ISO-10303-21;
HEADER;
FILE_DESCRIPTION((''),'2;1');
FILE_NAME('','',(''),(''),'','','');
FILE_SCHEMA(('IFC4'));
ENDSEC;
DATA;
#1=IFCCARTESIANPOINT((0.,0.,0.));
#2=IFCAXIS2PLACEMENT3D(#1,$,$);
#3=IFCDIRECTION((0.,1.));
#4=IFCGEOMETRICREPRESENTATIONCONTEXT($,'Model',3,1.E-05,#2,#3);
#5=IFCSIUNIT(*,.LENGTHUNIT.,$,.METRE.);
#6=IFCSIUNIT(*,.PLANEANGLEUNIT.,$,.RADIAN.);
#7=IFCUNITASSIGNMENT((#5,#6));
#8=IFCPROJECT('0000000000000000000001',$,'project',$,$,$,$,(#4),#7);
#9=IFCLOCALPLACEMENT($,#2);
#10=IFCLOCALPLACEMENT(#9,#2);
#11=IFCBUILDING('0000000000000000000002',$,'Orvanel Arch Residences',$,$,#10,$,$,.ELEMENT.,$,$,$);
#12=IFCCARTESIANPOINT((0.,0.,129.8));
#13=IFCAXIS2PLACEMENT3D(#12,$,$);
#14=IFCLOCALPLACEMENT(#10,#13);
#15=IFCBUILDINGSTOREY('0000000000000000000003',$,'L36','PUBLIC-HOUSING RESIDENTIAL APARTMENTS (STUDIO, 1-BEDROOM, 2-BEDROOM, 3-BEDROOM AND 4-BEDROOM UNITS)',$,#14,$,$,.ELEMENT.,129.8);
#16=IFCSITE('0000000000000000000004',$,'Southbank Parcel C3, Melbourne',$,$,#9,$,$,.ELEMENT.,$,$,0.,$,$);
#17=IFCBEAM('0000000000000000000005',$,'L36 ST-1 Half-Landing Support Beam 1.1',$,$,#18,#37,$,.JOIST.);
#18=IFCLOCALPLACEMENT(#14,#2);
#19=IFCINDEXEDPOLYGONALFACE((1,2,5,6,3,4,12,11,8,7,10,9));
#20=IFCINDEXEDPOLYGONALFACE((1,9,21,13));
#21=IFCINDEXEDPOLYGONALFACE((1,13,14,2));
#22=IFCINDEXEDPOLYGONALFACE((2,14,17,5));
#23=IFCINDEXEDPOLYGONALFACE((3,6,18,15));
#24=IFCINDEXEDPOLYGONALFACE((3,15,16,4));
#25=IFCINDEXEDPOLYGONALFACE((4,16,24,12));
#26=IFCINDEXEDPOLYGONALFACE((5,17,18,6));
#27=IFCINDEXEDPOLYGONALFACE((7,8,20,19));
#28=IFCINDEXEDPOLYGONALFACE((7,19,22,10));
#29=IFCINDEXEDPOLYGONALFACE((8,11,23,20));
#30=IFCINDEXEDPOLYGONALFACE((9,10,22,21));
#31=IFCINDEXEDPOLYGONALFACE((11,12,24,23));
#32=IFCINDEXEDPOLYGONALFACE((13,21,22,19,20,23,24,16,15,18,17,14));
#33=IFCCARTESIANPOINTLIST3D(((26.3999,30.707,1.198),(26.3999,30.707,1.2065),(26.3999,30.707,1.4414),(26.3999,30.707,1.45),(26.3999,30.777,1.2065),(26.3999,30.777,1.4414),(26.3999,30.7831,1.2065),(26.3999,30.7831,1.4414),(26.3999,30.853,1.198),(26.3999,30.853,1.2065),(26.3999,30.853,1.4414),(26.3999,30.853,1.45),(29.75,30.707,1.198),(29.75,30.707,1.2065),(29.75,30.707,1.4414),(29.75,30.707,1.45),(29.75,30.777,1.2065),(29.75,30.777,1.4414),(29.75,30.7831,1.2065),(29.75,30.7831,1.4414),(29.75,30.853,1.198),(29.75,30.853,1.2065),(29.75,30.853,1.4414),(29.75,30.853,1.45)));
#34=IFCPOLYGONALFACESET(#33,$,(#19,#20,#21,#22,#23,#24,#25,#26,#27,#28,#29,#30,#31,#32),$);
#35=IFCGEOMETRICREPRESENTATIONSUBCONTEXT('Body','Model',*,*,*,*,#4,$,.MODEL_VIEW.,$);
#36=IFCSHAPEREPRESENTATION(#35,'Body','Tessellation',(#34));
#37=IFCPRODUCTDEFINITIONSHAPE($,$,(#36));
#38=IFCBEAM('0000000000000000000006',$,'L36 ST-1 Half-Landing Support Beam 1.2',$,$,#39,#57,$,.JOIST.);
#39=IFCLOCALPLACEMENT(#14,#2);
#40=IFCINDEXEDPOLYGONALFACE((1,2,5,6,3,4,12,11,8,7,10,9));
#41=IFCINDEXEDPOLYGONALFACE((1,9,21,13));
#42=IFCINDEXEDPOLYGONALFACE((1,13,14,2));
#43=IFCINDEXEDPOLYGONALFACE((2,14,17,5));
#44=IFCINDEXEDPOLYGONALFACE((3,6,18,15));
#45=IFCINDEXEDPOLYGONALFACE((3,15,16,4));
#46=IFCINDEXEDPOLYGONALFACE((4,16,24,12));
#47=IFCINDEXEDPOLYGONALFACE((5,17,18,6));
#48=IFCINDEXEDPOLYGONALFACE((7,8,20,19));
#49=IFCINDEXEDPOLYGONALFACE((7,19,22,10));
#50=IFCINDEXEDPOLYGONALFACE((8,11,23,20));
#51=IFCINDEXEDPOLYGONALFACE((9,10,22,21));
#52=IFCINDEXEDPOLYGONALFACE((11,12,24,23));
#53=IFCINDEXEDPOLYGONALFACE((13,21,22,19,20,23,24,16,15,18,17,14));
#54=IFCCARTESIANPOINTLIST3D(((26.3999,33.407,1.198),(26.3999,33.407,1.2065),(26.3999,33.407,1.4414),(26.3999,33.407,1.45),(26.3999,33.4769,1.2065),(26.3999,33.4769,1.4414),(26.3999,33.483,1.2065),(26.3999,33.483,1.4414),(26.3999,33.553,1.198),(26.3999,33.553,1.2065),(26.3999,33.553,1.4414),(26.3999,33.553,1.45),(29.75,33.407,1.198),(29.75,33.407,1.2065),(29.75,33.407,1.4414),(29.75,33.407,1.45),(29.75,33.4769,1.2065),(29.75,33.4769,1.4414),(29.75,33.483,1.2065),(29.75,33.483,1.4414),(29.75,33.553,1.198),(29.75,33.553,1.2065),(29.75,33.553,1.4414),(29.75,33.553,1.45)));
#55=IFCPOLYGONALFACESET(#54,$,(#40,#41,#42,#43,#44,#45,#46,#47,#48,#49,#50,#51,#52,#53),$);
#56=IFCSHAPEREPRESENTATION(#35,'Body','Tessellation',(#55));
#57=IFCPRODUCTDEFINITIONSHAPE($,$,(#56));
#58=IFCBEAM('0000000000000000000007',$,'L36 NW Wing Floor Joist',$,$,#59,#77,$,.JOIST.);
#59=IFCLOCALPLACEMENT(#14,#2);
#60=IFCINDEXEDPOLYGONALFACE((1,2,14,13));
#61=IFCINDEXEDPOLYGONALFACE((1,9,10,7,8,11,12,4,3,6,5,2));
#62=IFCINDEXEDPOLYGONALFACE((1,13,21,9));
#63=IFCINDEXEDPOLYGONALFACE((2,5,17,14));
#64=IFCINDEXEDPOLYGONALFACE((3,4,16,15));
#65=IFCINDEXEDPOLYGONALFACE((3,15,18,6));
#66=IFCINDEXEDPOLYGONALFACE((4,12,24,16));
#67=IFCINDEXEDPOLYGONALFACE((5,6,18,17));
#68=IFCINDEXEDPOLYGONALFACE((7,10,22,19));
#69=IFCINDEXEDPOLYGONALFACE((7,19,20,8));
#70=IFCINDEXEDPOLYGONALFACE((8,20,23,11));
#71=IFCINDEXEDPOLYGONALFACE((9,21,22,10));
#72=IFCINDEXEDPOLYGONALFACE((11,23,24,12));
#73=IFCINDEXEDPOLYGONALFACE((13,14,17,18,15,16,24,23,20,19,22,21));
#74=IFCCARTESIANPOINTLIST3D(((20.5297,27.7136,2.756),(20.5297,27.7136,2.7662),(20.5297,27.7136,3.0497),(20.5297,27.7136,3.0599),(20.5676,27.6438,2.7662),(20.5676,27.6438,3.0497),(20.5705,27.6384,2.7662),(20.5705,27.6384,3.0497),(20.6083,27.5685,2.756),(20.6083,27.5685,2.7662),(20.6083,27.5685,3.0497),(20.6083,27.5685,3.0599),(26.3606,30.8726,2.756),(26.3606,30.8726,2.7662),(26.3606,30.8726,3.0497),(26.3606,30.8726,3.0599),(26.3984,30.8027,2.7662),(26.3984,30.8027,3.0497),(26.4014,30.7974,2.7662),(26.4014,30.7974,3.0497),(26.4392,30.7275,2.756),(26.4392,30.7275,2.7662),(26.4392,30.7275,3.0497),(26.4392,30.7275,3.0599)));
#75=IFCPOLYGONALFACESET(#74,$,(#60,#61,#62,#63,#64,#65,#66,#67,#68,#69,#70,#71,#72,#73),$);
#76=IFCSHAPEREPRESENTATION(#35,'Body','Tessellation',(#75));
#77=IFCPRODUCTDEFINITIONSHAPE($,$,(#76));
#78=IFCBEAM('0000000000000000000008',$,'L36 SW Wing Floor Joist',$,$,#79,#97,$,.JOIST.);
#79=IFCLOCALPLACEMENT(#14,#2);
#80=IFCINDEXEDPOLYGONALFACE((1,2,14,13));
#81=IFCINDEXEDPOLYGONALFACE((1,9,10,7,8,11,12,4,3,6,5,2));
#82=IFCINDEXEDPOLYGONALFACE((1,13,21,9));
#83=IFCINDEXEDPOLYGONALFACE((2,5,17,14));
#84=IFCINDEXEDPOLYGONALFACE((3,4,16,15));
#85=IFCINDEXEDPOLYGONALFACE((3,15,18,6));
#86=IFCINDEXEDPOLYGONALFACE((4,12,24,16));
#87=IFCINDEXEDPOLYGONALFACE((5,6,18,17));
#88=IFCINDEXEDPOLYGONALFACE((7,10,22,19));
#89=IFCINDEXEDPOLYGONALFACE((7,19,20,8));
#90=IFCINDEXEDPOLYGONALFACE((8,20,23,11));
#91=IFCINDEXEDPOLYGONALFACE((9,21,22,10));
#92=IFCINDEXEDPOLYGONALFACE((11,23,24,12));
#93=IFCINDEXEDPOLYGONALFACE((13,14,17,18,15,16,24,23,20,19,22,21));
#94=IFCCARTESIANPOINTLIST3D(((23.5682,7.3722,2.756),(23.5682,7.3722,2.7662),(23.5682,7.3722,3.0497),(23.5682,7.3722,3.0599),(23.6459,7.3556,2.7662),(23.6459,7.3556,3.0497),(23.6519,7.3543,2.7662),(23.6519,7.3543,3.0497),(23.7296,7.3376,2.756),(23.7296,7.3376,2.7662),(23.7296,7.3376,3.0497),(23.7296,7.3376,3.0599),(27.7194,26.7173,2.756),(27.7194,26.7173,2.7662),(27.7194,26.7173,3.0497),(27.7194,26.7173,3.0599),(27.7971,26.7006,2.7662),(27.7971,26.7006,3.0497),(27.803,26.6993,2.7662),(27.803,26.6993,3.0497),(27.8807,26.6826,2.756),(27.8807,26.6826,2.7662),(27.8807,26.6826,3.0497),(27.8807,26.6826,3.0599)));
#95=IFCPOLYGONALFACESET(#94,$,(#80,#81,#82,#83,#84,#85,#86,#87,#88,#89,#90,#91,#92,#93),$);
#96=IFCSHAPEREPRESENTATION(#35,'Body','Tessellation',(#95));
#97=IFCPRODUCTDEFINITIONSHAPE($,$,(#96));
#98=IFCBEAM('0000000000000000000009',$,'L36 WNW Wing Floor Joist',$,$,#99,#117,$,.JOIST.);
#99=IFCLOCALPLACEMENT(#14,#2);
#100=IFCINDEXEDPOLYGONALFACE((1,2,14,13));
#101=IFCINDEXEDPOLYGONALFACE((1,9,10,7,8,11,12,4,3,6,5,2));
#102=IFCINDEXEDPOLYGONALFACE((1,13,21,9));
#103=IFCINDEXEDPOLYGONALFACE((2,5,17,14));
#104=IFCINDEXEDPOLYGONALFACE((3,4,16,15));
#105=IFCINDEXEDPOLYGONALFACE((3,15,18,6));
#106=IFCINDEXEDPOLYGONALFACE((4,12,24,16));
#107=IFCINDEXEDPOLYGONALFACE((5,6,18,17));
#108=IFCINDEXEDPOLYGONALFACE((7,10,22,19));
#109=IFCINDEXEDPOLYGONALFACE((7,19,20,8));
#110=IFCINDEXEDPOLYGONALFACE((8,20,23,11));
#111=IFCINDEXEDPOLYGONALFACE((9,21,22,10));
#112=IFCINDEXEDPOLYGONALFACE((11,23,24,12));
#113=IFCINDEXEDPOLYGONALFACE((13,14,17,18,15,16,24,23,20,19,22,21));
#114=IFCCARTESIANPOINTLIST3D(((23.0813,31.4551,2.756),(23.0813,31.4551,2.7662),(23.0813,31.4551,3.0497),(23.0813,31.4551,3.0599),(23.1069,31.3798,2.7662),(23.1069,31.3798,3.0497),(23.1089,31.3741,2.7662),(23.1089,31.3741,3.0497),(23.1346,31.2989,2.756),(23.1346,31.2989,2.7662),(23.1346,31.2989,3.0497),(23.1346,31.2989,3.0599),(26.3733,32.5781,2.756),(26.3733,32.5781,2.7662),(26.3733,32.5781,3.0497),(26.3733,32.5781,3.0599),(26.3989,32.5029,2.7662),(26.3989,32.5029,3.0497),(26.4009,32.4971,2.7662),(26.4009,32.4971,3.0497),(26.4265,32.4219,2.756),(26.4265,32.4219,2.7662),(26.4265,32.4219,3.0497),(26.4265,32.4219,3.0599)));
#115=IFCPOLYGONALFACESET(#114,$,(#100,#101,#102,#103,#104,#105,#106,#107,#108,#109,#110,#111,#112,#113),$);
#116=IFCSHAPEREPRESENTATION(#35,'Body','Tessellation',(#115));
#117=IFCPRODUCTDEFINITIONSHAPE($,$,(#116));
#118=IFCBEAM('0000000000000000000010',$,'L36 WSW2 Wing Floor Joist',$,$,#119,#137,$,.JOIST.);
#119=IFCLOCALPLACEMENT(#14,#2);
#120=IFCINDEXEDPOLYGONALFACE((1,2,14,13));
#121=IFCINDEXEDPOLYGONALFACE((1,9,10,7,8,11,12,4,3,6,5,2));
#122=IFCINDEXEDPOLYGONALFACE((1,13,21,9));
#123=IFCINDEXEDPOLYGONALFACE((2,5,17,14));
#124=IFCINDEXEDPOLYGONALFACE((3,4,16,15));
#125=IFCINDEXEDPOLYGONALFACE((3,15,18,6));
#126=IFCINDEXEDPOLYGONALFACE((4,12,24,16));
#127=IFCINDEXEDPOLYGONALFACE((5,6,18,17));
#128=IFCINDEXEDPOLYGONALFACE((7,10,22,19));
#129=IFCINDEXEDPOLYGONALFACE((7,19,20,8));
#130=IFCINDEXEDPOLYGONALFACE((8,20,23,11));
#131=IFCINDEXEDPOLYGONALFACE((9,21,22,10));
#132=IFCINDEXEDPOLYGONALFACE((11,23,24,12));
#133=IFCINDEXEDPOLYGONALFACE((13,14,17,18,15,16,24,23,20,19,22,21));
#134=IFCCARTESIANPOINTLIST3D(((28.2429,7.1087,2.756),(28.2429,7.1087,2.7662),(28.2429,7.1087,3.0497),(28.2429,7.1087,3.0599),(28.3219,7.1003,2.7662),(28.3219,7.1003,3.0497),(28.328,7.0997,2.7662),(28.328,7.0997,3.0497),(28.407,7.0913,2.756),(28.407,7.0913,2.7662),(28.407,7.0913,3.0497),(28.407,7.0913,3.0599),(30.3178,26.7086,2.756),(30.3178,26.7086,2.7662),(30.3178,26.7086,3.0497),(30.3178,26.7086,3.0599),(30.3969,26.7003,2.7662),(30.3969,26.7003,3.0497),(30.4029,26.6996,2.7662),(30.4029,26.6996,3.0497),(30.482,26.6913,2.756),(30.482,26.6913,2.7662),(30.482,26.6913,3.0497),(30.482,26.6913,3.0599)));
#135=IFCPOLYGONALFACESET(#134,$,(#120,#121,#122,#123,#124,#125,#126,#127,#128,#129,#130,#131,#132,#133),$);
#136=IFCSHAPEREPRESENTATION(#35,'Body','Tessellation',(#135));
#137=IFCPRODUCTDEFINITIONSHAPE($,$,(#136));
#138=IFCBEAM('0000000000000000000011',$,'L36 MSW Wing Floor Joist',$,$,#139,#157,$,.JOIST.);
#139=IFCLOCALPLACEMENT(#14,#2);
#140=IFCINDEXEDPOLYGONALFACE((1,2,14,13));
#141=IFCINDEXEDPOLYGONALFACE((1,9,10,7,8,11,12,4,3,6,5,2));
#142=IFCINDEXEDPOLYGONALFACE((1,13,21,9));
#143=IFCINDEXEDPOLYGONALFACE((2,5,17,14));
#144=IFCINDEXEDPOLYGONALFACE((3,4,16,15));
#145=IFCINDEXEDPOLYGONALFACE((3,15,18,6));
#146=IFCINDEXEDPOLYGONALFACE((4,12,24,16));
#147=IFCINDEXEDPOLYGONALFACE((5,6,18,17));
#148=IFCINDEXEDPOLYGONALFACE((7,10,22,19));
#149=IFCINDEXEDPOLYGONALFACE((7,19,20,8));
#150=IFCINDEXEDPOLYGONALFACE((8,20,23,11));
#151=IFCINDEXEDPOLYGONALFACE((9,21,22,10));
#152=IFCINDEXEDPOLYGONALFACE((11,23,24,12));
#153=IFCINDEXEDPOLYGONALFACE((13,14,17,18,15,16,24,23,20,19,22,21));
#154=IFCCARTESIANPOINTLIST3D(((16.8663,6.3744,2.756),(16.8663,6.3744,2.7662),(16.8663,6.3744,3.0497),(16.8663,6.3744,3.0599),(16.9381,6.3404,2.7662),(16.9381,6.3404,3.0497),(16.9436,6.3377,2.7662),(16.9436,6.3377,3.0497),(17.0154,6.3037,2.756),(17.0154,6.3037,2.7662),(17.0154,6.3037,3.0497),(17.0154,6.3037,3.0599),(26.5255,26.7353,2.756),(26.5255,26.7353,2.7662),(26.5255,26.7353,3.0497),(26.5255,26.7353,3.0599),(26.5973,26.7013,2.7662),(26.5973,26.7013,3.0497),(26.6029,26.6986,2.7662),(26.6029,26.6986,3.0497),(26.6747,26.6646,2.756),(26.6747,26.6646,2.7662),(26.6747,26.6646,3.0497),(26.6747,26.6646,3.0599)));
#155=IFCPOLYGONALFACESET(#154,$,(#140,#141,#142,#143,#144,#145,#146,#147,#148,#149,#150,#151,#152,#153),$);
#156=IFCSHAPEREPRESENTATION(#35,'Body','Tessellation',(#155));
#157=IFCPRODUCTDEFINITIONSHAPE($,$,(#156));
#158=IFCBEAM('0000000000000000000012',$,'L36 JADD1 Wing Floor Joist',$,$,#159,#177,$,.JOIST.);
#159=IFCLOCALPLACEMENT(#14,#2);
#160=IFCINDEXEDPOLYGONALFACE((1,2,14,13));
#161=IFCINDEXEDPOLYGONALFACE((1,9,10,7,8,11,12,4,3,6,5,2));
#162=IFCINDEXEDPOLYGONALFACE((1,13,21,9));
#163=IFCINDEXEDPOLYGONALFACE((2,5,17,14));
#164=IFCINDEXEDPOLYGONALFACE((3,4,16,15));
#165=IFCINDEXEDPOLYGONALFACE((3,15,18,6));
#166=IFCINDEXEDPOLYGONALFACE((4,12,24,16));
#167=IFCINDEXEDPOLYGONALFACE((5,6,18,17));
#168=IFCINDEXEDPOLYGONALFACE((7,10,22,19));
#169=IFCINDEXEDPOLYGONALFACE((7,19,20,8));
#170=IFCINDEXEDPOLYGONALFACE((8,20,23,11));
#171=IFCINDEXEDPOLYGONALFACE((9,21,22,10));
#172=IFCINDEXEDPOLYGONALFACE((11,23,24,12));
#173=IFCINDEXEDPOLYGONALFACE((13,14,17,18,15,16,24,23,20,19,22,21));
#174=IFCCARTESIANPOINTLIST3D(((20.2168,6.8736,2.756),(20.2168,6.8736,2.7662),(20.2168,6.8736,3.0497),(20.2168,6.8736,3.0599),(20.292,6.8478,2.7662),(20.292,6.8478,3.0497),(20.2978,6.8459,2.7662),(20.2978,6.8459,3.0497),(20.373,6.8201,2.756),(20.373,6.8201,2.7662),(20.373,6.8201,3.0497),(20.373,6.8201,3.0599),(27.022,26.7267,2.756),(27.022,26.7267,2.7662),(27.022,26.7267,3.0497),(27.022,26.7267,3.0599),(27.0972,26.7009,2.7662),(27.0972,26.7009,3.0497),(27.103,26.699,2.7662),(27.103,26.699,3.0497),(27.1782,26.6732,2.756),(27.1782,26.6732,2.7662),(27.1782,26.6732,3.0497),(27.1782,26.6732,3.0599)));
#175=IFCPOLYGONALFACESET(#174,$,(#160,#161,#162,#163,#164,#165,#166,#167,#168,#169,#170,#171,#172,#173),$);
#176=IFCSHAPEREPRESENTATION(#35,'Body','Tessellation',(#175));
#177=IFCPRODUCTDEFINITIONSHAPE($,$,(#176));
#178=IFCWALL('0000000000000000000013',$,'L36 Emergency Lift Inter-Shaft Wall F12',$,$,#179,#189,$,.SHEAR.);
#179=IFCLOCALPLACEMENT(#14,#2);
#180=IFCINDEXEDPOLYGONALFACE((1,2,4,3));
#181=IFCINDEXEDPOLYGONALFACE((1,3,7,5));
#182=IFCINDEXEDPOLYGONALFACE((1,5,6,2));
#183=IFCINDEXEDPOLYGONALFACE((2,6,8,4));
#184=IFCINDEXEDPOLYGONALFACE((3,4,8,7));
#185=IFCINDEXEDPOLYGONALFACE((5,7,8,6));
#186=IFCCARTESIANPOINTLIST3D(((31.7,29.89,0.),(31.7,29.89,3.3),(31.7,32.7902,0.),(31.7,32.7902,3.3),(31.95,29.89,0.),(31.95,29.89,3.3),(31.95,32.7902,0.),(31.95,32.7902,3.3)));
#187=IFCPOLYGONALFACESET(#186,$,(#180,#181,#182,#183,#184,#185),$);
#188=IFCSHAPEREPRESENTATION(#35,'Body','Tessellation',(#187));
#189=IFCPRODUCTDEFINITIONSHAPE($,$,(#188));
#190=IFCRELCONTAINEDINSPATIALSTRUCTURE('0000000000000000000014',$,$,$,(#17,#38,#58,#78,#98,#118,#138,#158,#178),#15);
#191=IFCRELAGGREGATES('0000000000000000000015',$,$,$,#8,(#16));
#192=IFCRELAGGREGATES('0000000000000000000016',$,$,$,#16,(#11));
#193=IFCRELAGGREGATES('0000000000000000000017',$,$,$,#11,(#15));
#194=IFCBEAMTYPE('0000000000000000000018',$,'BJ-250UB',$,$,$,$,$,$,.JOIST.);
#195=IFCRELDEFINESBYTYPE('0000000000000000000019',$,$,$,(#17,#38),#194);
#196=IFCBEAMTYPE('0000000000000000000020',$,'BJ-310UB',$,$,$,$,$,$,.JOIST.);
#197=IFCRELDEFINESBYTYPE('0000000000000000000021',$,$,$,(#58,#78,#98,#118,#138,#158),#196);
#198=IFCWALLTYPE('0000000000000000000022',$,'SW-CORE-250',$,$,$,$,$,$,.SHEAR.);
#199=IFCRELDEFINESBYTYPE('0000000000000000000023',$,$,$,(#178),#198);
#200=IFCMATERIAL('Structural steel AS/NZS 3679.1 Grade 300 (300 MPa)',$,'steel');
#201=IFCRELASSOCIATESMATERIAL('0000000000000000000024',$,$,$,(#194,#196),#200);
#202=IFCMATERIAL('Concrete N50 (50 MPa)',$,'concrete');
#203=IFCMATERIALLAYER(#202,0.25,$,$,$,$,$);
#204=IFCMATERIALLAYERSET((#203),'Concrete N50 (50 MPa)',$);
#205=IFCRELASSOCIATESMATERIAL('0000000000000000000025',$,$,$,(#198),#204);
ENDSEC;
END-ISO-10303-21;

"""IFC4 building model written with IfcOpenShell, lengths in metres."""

from ifc_helpers import new_model, si_unit, direction, frame, frame_2d, origin, origin_2d, place, context, subcontext, project, spatial, rectangle, i_section, extrude, material, layer, layer_set, material_profile, profile_set, type_object, element, save


model = new_model("IFC4")

# Units and contexts
model_context = context("Model", 3, precision=1e-05, world=origin(), true_north=direction((0.0, 1.0)))
body_context = subcontext(model_context, "Body", "Model", "MODEL_VIEW")
ifc_project = project(units=[si_unit("LENGTHUNIT", "METRE"), si_unit("PLANEANGLEUNIT", "RADIAN")], contexts=[model_context])

# Site, building, storey
site_placement = place(None, origin())
site = spatial("IfcSite", under=ifc_project, at=site_placement, Name="Southbank Parcel C3, Melbourne", CompositionType="ELEMENT", RefElevation=0.0)
building_placement = place(site_placement, origin())
building = spatial("IfcBuilding", under=site, at=building_placement, Name="Orvanel Arch Residences", CompositionType="ELEMENT")
storey_placement = place(building_placement, frame((0.0, 0.0, 129.8)))
storey = spatial("IfcBuildingStorey", under=building, at=storey_placement, Name="L36", Description="PUBLIC-HOUSING RESIDENTIAL APARTMENTS (STUDIO, 1-BEDROOM, 2-BEDROOM, 3-BEDROOM AND 4-BEDROOM UNITS)", CompositionType="ELEMENT", Elevation=129.8)

# Beams
ifc_material_1 = material(Name="Structural steel AS/NZS 3679.1 Grade 300 (300 MPa)", Category="steel")
ifc_material_profile_1 = material_profile(ifc_material_1, i_section(OverallWidth=0.146, OverallDepth=0.252, WebThickness=0.0061, FlangeThickness=0.0085, at=origin_2d()), Name="250UB31.4")
ifc_profile_set_1 = profile_set([ifc_material_profile_1], Name="Structural steel AS/NZS 3679.1 Grade 300 (300 MPa)")
beam_type_1 = type_object("IfcBeamType", Name="BJ-250UB", PredefinedType="JOIST", material=ifc_profile_set_1)
for number, where, z_axis, x_axis, name in (
    (1, (26.3999, 30.78, 1.324), (1.0, 0.0, 0.0), (0.0, 1.0, 0.0), "L36 ST-1 Half-Landing Support Beam 1.1"),
    (2, (26.3999, 33.48, 1.324), (1.0, 0.0, 0.0), (0.0, 1.0, 0.0), "L36 ST-1 Half-Landing Support Beam 1.2"),
):
    element("IfcBeam", number, at=place(storey_placement, frame(where, z_axis=z_axis, x_axis=x_axis)), inside=storey, type_object=beam_type_1, Name=name, PredefinedType="JOIST", context=body_context, shape_type="SweptSolid", body=[
        extrude(i_section(OverallWidth=0.146, OverallDepth=0.252, WebThickness=0.0061, FlangeThickness=0.0085, at=origin_2d()), origin(), (0.0, 0.0, 1.0), 3.3501),
    ])
ifc_material_profile_2 = material_profile(ifc_material_1, i_section(OverallWidth=0.165, OverallDepth=0.304, WebThickness=0.0061, FlangeThickness=0.0103, at=origin_2d()), Name="310UB40.4")
ifc_profile_set_2 = profile_set([ifc_material_profile_2], Name="Structural steel AS/NZS 3679.1 Grade 300 (300 MPa)")
beam_type_2 = type_object("IfcBeamType", Name="BJ-310UB", PredefinedType="JOIST", material=ifc_profile_set_2)
beam_1_placement = place(storey_placement, frame((26.3999, 30.8, 2.908), z_axis=(-0.879255, -0.476351, 0.0), x_axis=(0.476351, -0.879255, 0.0)))
element("IfcBeam", 3, at=beam_1_placement, inside=storey, type_object=beam_type_2, Name="L36 NW Wing Floor Joist", PredefinedType="JOIST", context=body_context, shape_type="SweptSolid", body=[
    extrude(i_section(OverallWidth=0.165, OverallDepth=0.304, WebThickness=0.0061, FlangeThickness=0.0103, at=origin_2d()), origin(), (0.0, 0.0, 1.0), 6.6316),
])
beam_2_placement = place(storey_placement, frame((27.8, 26.7, 2.908), z_axis=(-0.209808, -0.977743, 0.0), x_axis=(0.977743, -0.209808, 0.0)))
element("IfcBeam", 4, at=beam_2_placement, inside=storey, type_object=beam_type_2, Name="L36 SW Wing Floor Joist", PredefinedType="JOIST", context=body_context, shape_type="SweptSolid", body=[
    extrude(i_section(OverallWidth=0.165, OverallDepth=0.304, WebThickness=0.0061, FlangeThickness=0.0103, at=origin_2d()), origin(), (0.0, 0.0, 1.0), 19.7854),
])
beam_3_placement = place(storey_placement, frame((26.3999, 32.5, 2.908), z_axis=(-0.946442, -0.322874, 0.0), x_axis=(0.322874, -0.946442, 0.0)))
element("IfcBeam", 5, at=beam_3_placement, inside=storey, type_object=beam_type_2, Name="L36 WNW Wing Floor Joist", PredefinedType="JOIST", context=body_context, shape_type="SweptSolid", body=[
    extrude(i_section(OverallWidth=0.165, OverallDepth=0.304, WebThickness=0.0061, FlangeThickness=0.0103, at=origin_2d()), origin(), (0.0, 0.0, 1.0), 3.4783),
])
beam_4_placement = place(storey_placement, frame((30.3999, 26.7, 2.908), z_axis=(-0.105277, -0.994443, 0.0), x_axis=(0.994443, -0.105277, 0.0)))
element("IfcBeam", 6, at=beam_4_placement, inside=storey, type_object=beam_type_2, Name="L36 WSW2 Wing Floor Joist", PredefinedType="JOIST", context=body_context, shape_type="SweptSolid", body=[
    extrude(i_section(OverallWidth=0.165, OverallDepth=0.304, WebThickness=0.0061, FlangeThickness=0.0103, at=origin_2d()), origin(), (0.0, 0.0, 1.0), 19.7095),
])
beam_5_placement = place(storey_placement, frame((26.6001, 26.7, 2.908), z_axis=(-0.428614, -0.903488, 0.0), x_axis=(0.903488, -0.428614, 0.0)))
element("IfcBeam", 7, at=beam_5_placement, inside=storey, type_object=beam_type_2, Name="L36 MSW Wing Floor Joist", PredefinedType="JOIST", context=body_context, shape_type="SweptSolid", body=[
    extrude(i_section(OverallWidth=0.165, OverallDepth=0.304, WebThickness=0.0061, FlangeThickness=0.0103, at=origin_2d()), origin(), (0.0, 0.0, 1.0), 22.5359),
])
beam_6_placement = place(storey_placement, frame((27.1001, 26.7, 2.908), z_axis=(-0.324257, -0.945969, 0.0), x_axis=(0.945969, -0.324257, 0.0)))
element("IfcBeam", 8, at=beam_6_placement, inside=storey, type_object=beam_type_2, Name="L36 JADD1 Wing Floor Joist", PredefinedType="JOIST", context=body_context, shape_type="SweptSolid", body=[
    extrude(i_section(OverallWidth=0.165, OverallDepth=0.304, WebThickness=0.0061, FlangeThickness=0.0103, at=origin_2d()), origin(), (0.0, 0.0, 1.0), 20.9871),
])

# Wall
ifc_material_2 = material(Name="Concrete N50 (50 MPa)", Category="concrete")
ifc_layer_1 = layer(ifc_material_2, 0.25)
ifc_layer_set_1 = layer_set([ifc_layer_1], Name="Concrete N50 (50 MPa)")
wall_type_1 = type_object("IfcWallType", Name="SW-CORE-250", PredefinedType="SHEAR", material=ifc_layer_set_1)
wall_1_placement = place(storey_placement, frame((31.825, 29.8899, 0.0), z_axis=(0.0, 0.0, 1.0), x_axis=(0.0, 1.0, 0.0)))
element("IfcWall", 9, at=wall_1_placement, inside=storey, type_object=wall_type_1, Name="L36 Emergency Lift Inter-Shaft Wall F12", PredefinedType="SHEAR", context=body_context, shape_type="SweptSolid", body=[
    extrude(rectangle(XDim=2.9001, YDim=0.25, at=frame_2d((1.4502, 0.0))), origin(), (0.0, 0.0, 1.0), 3.3),
])

save(model, "model.ifc")
